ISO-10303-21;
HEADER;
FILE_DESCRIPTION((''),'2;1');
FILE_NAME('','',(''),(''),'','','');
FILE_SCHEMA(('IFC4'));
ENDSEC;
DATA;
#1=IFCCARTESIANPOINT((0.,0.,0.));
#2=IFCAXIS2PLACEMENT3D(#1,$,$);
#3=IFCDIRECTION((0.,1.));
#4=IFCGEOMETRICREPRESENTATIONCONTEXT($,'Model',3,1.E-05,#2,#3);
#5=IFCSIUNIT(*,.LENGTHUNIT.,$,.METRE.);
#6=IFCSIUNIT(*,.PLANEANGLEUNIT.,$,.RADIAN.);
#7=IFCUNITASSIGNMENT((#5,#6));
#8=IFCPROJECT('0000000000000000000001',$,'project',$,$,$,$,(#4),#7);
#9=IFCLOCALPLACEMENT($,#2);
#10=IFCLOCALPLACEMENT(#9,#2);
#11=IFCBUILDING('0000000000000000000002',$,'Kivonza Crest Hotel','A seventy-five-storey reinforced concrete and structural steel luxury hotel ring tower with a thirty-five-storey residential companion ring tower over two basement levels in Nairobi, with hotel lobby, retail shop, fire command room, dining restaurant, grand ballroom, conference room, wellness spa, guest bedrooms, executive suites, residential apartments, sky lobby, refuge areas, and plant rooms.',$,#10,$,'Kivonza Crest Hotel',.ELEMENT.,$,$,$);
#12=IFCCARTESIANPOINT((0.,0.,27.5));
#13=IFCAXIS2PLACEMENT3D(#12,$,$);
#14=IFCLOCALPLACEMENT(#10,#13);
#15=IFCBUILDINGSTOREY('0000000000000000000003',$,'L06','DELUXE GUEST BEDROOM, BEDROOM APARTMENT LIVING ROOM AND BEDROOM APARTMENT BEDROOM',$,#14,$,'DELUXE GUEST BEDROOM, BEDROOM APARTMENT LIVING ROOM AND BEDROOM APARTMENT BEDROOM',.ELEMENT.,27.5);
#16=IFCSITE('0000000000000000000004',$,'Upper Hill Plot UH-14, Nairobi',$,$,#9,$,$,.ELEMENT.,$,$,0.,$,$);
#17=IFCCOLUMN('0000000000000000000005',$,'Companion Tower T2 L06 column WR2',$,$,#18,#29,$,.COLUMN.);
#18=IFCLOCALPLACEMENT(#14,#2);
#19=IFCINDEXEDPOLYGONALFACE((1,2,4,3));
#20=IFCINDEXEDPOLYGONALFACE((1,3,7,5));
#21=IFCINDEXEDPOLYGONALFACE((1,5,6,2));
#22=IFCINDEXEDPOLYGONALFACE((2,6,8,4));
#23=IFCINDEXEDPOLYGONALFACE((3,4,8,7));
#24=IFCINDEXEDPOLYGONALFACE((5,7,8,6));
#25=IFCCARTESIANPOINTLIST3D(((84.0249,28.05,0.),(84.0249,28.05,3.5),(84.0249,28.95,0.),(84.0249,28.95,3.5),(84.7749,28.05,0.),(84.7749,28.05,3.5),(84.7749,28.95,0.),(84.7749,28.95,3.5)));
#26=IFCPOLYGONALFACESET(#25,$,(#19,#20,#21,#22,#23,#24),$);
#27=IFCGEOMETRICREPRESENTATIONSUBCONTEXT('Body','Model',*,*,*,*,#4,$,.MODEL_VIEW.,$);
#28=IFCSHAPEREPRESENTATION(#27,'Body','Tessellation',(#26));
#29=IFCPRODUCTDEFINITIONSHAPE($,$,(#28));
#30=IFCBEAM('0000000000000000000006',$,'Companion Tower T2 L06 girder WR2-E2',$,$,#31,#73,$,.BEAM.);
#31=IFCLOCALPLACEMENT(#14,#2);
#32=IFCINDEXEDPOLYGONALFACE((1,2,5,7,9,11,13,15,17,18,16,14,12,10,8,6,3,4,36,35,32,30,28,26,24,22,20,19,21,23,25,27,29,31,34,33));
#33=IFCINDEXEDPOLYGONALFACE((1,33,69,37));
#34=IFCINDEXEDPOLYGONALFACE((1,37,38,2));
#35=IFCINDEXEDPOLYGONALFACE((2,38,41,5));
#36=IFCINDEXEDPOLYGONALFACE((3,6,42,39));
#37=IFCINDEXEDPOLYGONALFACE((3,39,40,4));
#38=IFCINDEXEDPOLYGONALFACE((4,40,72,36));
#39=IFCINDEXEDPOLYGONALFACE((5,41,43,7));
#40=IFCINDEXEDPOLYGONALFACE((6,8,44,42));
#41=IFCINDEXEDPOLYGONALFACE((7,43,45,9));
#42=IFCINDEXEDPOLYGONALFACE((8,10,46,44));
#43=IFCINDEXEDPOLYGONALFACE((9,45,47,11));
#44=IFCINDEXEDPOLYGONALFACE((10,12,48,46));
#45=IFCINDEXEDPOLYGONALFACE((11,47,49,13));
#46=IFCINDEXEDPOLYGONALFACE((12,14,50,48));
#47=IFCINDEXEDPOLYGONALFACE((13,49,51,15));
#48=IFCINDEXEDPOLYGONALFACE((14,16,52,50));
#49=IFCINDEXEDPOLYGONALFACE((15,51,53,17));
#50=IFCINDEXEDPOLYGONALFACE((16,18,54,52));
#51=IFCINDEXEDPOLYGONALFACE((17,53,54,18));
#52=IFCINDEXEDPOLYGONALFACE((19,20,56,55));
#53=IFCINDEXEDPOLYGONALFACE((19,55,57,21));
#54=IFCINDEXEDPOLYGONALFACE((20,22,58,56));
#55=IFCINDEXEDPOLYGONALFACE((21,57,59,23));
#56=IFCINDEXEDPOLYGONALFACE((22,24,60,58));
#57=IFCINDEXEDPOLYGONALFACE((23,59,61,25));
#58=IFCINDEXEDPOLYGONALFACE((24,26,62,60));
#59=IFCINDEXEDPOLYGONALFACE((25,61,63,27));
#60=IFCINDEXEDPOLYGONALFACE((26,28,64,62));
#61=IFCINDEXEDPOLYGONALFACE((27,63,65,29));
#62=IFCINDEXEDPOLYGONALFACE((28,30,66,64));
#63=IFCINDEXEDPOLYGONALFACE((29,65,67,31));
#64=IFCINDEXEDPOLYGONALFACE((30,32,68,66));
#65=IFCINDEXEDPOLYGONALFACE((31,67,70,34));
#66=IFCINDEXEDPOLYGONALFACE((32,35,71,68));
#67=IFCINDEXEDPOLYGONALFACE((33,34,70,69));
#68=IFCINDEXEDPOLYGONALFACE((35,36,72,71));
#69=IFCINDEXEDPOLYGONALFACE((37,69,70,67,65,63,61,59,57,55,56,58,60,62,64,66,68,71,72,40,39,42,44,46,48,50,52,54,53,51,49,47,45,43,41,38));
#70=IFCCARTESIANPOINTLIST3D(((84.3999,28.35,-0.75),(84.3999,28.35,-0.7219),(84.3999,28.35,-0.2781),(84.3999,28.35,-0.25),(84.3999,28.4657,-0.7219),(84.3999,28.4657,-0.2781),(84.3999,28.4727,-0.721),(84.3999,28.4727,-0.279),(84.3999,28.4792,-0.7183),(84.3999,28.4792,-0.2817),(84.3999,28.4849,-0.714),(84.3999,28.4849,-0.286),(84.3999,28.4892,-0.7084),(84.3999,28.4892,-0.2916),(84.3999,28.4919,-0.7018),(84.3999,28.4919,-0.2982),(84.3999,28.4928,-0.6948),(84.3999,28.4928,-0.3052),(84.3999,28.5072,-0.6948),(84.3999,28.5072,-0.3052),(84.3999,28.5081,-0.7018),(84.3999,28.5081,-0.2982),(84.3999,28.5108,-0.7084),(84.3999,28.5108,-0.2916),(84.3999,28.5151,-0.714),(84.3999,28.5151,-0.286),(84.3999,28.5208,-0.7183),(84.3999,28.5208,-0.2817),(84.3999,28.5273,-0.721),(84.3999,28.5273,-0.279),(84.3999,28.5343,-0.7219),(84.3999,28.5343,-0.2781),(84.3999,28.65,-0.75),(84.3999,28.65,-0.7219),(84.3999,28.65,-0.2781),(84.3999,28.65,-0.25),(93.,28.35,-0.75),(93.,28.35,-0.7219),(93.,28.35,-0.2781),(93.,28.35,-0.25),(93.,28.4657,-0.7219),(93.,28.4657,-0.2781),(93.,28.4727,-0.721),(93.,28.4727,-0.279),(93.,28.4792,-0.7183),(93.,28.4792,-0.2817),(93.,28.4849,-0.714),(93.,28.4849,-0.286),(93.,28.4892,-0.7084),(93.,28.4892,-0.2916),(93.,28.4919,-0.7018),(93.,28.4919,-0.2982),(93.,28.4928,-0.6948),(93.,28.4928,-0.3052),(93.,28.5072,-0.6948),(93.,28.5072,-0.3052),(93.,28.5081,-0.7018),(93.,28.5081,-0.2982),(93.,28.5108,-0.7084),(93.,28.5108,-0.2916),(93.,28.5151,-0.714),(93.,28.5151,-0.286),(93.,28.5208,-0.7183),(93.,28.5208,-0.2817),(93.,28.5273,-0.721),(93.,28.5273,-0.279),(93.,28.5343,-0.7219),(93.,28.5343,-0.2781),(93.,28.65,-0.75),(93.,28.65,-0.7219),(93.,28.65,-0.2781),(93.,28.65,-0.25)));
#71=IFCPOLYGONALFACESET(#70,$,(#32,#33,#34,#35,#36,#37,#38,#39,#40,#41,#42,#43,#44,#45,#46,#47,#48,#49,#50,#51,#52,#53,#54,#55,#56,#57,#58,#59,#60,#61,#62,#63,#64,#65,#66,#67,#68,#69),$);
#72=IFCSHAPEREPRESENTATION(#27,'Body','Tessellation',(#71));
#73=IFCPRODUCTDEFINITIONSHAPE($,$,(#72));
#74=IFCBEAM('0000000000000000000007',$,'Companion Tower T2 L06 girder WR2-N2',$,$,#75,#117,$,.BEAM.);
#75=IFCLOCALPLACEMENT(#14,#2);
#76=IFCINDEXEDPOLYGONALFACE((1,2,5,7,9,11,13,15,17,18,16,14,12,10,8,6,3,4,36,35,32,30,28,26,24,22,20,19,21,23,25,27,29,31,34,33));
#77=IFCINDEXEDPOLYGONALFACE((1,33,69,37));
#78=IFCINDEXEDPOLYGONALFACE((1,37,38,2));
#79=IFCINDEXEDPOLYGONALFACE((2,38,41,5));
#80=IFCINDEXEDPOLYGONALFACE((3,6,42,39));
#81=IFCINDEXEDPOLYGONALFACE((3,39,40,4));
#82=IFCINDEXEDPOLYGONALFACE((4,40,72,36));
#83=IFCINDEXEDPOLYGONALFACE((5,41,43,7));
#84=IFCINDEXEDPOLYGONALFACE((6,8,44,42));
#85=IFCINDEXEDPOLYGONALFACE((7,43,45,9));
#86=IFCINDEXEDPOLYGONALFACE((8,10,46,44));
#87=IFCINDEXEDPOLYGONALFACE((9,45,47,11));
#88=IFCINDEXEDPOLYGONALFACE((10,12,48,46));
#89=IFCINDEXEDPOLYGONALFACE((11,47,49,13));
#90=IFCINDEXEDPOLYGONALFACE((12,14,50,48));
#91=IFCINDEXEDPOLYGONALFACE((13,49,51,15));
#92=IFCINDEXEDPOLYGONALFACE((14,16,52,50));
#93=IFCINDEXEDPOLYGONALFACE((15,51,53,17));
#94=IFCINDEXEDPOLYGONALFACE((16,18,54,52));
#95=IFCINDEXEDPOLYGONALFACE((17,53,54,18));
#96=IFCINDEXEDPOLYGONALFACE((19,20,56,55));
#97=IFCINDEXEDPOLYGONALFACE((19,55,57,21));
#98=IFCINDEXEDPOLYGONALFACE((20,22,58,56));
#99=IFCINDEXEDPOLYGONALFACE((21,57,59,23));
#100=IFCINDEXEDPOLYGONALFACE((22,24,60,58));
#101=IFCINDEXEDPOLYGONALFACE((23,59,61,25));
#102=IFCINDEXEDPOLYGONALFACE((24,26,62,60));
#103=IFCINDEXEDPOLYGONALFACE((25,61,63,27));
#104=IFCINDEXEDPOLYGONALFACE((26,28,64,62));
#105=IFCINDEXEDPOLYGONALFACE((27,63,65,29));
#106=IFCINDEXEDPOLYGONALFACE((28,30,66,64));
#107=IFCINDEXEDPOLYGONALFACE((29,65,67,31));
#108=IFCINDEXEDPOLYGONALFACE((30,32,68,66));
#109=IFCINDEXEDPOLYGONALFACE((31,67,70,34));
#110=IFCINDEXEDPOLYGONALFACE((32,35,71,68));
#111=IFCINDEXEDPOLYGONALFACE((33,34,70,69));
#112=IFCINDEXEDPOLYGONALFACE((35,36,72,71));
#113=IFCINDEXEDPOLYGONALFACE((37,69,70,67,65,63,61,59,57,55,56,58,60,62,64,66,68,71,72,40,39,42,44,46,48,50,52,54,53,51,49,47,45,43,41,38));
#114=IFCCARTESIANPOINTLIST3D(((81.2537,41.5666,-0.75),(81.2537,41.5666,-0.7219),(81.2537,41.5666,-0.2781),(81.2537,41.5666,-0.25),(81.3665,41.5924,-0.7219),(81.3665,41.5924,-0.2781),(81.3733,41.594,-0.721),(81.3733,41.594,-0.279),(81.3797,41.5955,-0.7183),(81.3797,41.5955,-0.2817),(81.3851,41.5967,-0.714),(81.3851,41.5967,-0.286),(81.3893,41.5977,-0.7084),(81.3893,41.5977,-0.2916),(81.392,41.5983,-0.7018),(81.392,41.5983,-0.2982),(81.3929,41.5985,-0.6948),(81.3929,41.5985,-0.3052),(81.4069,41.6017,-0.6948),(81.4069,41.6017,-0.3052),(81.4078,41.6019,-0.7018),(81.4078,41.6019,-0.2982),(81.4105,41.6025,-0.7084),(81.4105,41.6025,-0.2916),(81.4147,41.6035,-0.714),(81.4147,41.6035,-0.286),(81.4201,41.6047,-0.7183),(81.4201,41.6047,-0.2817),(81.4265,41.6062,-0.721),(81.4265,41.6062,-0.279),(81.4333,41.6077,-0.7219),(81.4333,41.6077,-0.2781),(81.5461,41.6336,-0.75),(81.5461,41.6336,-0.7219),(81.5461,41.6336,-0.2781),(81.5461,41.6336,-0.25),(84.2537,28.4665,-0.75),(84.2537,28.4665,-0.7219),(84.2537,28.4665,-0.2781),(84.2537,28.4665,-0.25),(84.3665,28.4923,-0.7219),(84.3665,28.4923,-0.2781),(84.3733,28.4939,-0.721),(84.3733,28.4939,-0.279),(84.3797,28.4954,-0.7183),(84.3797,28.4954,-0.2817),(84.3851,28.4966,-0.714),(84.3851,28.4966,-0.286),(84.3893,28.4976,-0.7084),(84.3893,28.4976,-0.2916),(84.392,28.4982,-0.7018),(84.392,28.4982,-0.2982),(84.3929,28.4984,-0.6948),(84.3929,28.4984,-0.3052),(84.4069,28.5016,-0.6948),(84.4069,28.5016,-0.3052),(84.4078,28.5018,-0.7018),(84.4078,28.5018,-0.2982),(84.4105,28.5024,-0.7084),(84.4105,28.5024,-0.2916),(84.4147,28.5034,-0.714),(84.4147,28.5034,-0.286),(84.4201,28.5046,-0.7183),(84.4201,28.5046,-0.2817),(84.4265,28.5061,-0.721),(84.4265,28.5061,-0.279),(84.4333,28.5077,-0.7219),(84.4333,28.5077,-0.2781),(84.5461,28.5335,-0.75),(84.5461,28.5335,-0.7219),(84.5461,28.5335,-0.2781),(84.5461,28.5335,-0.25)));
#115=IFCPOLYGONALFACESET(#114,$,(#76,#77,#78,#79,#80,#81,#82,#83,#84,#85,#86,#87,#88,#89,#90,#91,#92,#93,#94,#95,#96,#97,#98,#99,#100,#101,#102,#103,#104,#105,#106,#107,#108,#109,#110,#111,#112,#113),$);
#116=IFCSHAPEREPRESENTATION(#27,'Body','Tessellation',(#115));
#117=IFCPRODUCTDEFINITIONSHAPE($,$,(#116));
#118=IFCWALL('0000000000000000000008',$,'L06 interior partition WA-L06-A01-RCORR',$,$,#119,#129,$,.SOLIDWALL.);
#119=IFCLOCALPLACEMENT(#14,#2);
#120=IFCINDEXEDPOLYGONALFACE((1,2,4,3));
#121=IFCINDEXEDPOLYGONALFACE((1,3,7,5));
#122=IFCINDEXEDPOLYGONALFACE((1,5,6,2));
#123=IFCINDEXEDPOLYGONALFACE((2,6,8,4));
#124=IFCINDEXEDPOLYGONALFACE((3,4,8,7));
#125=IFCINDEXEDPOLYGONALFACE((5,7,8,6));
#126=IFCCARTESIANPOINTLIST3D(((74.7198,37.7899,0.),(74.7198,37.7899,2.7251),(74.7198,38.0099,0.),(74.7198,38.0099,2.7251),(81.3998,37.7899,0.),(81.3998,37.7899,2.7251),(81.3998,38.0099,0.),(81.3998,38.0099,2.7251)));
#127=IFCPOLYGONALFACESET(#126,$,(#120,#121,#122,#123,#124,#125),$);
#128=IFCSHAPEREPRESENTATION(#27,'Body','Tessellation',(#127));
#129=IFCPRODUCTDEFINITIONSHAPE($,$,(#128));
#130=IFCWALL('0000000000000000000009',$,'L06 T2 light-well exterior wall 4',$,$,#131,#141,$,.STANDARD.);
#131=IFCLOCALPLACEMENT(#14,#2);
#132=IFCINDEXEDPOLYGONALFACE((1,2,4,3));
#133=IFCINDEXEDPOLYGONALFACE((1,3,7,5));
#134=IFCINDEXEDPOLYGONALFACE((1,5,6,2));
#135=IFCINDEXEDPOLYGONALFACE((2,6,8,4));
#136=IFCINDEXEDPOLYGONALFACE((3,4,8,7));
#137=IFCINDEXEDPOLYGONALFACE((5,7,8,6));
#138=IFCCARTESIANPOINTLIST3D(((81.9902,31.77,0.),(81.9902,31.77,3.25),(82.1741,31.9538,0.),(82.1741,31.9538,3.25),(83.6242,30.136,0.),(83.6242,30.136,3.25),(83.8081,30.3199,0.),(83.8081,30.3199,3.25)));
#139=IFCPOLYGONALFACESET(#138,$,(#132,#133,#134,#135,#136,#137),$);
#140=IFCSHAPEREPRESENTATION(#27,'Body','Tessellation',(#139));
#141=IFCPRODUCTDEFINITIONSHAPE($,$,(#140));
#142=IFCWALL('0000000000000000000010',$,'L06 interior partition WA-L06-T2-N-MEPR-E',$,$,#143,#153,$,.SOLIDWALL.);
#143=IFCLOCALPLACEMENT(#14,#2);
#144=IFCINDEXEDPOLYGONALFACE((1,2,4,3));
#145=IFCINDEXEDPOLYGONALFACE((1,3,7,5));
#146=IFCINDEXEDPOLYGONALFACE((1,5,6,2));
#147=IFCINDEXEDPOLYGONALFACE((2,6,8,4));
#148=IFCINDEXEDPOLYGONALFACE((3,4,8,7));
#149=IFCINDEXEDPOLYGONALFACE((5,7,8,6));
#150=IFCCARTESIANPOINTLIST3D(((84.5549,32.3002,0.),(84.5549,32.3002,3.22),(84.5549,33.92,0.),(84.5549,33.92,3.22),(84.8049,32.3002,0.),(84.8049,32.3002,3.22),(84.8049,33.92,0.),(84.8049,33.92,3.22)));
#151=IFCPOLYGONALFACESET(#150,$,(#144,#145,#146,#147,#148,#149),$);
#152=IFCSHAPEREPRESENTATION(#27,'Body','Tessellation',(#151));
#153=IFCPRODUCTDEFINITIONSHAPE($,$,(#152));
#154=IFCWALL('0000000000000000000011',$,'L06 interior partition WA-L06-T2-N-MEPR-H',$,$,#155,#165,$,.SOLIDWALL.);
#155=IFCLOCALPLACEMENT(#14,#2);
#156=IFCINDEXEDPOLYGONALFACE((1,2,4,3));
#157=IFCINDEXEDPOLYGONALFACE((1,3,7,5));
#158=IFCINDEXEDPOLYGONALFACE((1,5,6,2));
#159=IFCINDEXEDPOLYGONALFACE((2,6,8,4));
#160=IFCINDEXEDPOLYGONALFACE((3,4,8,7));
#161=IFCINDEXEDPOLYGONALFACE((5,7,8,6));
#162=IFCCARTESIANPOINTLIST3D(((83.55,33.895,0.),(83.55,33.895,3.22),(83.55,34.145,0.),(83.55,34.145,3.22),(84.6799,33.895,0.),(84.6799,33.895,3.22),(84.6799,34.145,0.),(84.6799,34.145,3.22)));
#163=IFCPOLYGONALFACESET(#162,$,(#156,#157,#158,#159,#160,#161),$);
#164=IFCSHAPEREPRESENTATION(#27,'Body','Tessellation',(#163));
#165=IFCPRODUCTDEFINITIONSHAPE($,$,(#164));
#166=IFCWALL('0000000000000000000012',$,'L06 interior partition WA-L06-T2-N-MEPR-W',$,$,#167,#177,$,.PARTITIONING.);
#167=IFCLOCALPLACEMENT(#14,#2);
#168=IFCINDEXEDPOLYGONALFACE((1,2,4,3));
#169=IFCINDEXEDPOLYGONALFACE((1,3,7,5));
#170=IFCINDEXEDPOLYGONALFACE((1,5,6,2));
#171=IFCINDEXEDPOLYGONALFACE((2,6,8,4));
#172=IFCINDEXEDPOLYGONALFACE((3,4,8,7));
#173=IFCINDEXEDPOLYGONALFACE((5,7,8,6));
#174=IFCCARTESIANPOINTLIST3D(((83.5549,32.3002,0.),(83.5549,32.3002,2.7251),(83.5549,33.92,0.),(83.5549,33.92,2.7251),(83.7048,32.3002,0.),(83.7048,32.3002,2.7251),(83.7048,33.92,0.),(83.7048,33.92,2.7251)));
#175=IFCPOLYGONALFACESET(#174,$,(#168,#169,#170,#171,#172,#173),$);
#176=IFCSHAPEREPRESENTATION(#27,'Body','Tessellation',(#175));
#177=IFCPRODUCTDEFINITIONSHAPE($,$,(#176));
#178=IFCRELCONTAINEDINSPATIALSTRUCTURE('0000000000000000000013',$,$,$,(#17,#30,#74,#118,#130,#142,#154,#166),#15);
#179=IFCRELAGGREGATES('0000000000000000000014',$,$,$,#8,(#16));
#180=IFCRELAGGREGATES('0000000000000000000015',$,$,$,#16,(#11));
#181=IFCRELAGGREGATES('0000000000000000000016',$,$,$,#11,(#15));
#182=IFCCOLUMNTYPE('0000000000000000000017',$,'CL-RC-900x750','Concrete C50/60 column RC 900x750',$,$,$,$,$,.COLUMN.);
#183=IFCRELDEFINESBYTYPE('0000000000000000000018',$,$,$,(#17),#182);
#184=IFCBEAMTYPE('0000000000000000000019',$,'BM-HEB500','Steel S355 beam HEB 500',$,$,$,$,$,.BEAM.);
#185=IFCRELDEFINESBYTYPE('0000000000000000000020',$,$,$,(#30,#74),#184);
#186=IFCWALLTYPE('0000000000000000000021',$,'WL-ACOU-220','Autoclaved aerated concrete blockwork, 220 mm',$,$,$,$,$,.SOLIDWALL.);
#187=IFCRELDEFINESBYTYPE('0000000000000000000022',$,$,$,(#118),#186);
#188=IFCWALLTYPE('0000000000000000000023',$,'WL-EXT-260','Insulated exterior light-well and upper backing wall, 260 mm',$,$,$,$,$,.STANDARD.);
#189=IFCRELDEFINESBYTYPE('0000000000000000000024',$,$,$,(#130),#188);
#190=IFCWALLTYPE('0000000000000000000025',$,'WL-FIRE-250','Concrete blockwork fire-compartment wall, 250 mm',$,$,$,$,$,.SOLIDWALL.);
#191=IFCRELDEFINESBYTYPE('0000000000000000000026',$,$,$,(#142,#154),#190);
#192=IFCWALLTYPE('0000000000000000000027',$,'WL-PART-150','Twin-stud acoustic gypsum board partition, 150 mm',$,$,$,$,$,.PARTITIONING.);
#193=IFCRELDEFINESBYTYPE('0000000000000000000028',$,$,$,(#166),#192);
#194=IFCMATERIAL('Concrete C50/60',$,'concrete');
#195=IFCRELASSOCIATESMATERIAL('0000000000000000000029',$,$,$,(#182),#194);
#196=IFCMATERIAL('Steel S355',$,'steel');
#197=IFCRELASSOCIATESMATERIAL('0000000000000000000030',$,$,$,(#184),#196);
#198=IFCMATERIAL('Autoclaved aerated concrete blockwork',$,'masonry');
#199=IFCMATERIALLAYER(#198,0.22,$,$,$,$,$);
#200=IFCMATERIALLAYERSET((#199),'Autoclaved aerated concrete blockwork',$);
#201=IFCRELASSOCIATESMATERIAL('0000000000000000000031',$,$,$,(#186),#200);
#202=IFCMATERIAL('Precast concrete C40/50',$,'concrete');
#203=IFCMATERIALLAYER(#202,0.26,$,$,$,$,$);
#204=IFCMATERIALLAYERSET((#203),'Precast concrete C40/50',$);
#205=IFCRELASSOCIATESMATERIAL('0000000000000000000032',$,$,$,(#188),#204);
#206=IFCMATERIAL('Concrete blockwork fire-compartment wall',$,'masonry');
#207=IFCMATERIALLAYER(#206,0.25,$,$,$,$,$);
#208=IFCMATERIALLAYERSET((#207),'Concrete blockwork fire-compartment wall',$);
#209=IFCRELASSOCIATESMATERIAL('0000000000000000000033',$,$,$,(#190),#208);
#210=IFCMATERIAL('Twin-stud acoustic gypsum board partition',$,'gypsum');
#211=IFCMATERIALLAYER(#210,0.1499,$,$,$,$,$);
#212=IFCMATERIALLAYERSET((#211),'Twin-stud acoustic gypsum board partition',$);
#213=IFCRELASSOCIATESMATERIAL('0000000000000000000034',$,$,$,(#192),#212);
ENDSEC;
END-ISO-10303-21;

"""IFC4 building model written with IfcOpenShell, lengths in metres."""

from ifc_helpers import new_model, si_unit, direction, frame, frame_2d, origin, origin_2d, place, context, subcontext, project, spatial, rectangle, i_section, extrude, material, layer, layer_set, material_profile, profile_set, type_object, element, save


model = new_model("IFC4")

# Units and contexts
model_context = context("Model", 3, precision=1e-05, world=origin(), true_north=direction((0.0, 1.0)))
body_context = subcontext(model_context, "Body", "Model", "MODEL_VIEW")
ifc_project = project(units=[si_unit("LENGTHUNIT", "METRE"), si_unit("PLANEANGLEUNIT", "RADIAN")], contexts=[model_context])

# Site, building, storey
site_placement = place(None, origin())
site = spatial("IfcSite", under=ifc_project, at=site_placement, Name="Upper Hill Plot UH-14, Nairobi", CompositionType="ELEMENT", RefElevation=0.0)
building_placement = place(site_placement, origin())
building = spatial("IfcBuilding", under=site, at=building_placement, Name="Kivonza Crest Hotel", Description="A seventy-five-storey reinforced concrete and structural steel luxury hotel ring tower with a thirty-five-storey residential companion ring tower over two basement levels in Nairobi, with hotel lobby, retail shop, fire command room, dining restaurant, grand ballroom, conference room, wellness spa, guest bedrooms, executive suites, residential apartments, sky lobby, refuge areas, and plant rooms.", LongName="Kivonza Crest Hotel", CompositionType="ELEMENT")
storey_placement = place(building_placement, frame((0.0, 0.0, 27.5)))
storey = spatial("IfcBuildingStorey", under=building, at=storey_placement, Name="L06", Description="DELUXE GUEST BEDROOM, BEDROOM APARTMENT LIVING ROOM AND BEDROOM APARTMENT BEDROOM", LongName="DELUXE GUEST BEDROOM, BEDROOM APARTMENT LIVING ROOM AND BEDROOM APARTMENT BEDROOM", CompositionType="ELEMENT", Elevation=27.5)

# Column
ifc_material_1 = material(Name="Concrete C50/60", Category="concrete")
ifc_material_profile_1 = material_profile(ifc_material_1, rectangle(XDim=0.75, YDim=0.8999, at=origin_2d()), Name="RC 900x750")
ifc_profile_set_1 = profile_set([ifc_material_profile_1], Name="Concrete C50/60")
column_type = type_object("IfcColumnType", Name="CL-RC-900x750", Description="Concrete C50/60 column RC 900x750", PredefinedType="COLUMN", material=ifc_profile_set_1)
column_placement = place(storey_placement, frame((84.3999, 28.5, 0.0), z_axis=(0.0, 0.0, 1.0), x_axis=(1.0, 0.0, 0.0)))
element("IfcColumn", 1, at=column_placement, inside=storey, type_object=column_type, Name="Companion Tower T2 L06 column WR2", PredefinedType="COLUMN", context=body_context, shape_type="SweptSolid", body=[
    extrude(rectangle(XDim=0.75, YDim=0.8999, at=origin_2d()), origin(), (0.0, 0.0, 1.0), 3.5),
])

# Beams
ifc_material_2 = material(Name="Steel S355", Category="steel")
ifc_material_profile_2 = material_profile(ifc_material_2, i_section(OverallWidth=0.3, OverallDepth=0.5, WebThickness=0.0144, FlangeThickness=0.0281, FilletRadius=0.0271, at=origin_2d()), Name="HEB 500")
ifc_profile_set_2 = profile_set([ifc_material_profile_2], Name="Steel S355")
beam_type = type_object("IfcBeamType", Name="BM-HEB500", Description="Steel S355 beam HEB 500", PredefinedType="BEAM", material=ifc_profile_set_2)
beam_1_placement = place(storey_placement, frame((84.3999, 28.5, -0.5), z_axis=(1.0, 0.0, 0.0), x_axis=(0.0, 1.0, 0.0)))
element("IfcBeam", 2, at=beam_1_placement, inside=storey, type_object=beam_type, Name="Companion Tower T2 L06 girder WR2-E2", PredefinedType="BEAM", context=body_context, shape_type="SweptSolid", body=[
    extrude(i_section(OverallWidth=0.3, OverallDepth=0.5, WebThickness=0.0144, FlangeThickness=0.0281, FilletRadius=0.0271, at=origin_2d()), origin(), (0.0, 0.0, 1.0), 8.6001),
])
beam_2_placement = place(storey_placement, frame((84.3999, 28.5, -0.5), z_axis=(-0.223227, 0.974766, 0.0), x_axis=(-0.974766, -0.223227, 0.0)))
element("IfcBeam", 3, at=beam_2_placement, inside=storey, type_object=beam_type, Name="Companion Tower T2 L06 girder WR2-N2", PredefinedType="BEAM", context=body_context, shape_type="SweptSolid", body=[
    extrude(i_section(OverallWidth=0.3, OverallDepth=0.5, WebThickness=0.0144, FlangeThickness=0.0281, FilletRadius=0.0271, at=origin_2d()), origin(), (0.0, 0.0, 1.0), 13.4392),
])

# Walls
ifc_material_3 = material(Name="Autoclaved aerated concrete blockwork", Category="masonry")
ifc_layer_1 = layer(ifc_material_3, 0.22)
ifc_layer_set_1 = layer_set([ifc_layer_1], Name="Autoclaved aerated concrete blockwork")
wall_type_1 = type_object("IfcWallType", Name="WL-ACOU-220", Description="Autoclaved aerated concrete blockwork, 220 mm", PredefinedType="SOLIDWALL", material=ifc_layer_set_1)
wall_1_placement = place(storey_placement, frame((74.72, 37.8999, 0.0), z_axis=(0.0, 0.0, 1.0), x_axis=(1.0, 0.0, 0.0)))
element("IfcWall", 4, at=wall_1_placement, inside=storey, type_object=wall_type_1, Name="L06 interior partition WA-L06-A01-RCORR", PredefinedType="SOLIDWALL", context=body_context, shape_type="SweptSolid", body=[
    extrude(rectangle(XDim=6.6799, YDim=0.22, at=frame_2d((3.3398, 0.0))), origin(), (0.0, 0.0, 1.0), 2.7251),
])
ifc_material_4 = material(Name="Precast concrete C40/50", Category="concrete")
ifc_layer_2 = layer(ifc_material_4, 0.26)
ifc_layer_set_2 = layer_set([ifc_layer_2], Name="Precast concrete C40/50")
wall_type_2 = type_object("IfcWallType", Name="WL-EXT-260", Description="Insulated exterior light-well and upper backing wall, 260 mm", PredefinedType="STANDARD", material=ifc_layer_set_2)
wall_2_placement = place(storey_placement, frame((83.7161, 30.228, 0.0), z_axis=(0.0, 0.0, 1.0), x_axis=(-0.707107, 0.707107, 0.0)))
element("IfcWall", 5, at=wall_2_placement, inside=storey, type_object=wall_type_2, Name="L06 T2 light-well exterior wall 4", PredefinedType="STANDARD", context=body_context, shape_type="SweptSolid", body=[
    extrude(rectangle(XDim=2.3108, YDim=0.26, at=frame_2d((1.1553, 0.0))), origin(), (0.0, 0.0, 1.0), 3.25),
])
ifc_material_5 = material(Name="Concrete blockwork fire-compartment wall", Category="masonry")
ifc_layer_3 = layer(ifc_material_5, 0.25)
ifc_layer_set_3 = layer_set([ifc_layer_3], Name="Concrete blockwork fire-compartment wall")
wall_type_3 = type_object("IfcWallType", Name="WL-FIRE-250", Description="Concrete blockwork fire-compartment wall, 250 mm", PredefinedType="SOLIDWALL", material=ifc_layer_set_3)
wall_3_placement = place(storey_placement, frame((84.6799, 32.3, 0.0), z_axis=(0.0, 0.0, 1.0), x_axis=(0.0, 1.0, 0.0)))
element("IfcWall", 6, at=wall_3_placement, inside=storey, type_object=wall_type_3, Name="L06 interior partition WA-L06-T2-N-MEPR-E", PredefinedType="SOLIDWALL", context=body_context, shape_type="SweptSolid", body=[
    extrude(rectangle(XDim=1.6199, YDim=0.25, at=frame_2d((0.8101, 0.0))), origin(), (0.0, 0.0, 1.0), 3.22),
])
wall_4_placement = place(storey_placement, frame((83.55, 34.02, 0.0), z_axis=(0.0, 0.0, 1.0), x_axis=(1.0, 0.0, 0.0)))
element("IfcWall", 7, at=wall_4_placement, inside=storey, type_object=wall_type_3, Name="L06 interior partition WA-L06-T2-N-MEPR-H", PredefinedType="SOLIDWALL", context=body_context, shape_type="SweptSolid", body=[
    extrude(rectangle(XDim=1.1299, YDim=0.25, at=frame_2d((0.5649, 0.0))), origin(), (0.0, 0.0, 1.0), 3.22),
])
ifc_material_6 = material(Name="Twin-stud acoustic gypsum board partition", Category="gypsum")
ifc_layer_4 = layer(ifc_material_6, 0.1499)
ifc_layer_set_4 = layer_set([ifc_layer_4], Name="Twin-stud acoustic gypsum board partition")
wall_type_4 = type_object("IfcWallType", Name="WL-PART-150", Description="Twin-stud acoustic gypsum board partition, 150 mm", PredefinedType="PARTITIONING", material=ifc_layer_set_4)
wall_5_placement = place(storey_placement, frame((83.6299, 32.3, 0.0), z_axis=(0.0, 0.0, 1.0), x_axis=(0.0, 1.0, 0.0)))
element("IfcWall", 8, at=wall_5_placement, inside=storey, type_object=wall_type_4, Name="L06 interior partition WA-L06-T2-N-MEPR-W", PredefinedType="PARTITIONING", context=body_context, shape_type="SweptSolid", body=[
    extrude(rectangle(XDim=1.6199, YDim=0.1499, at=frame_2d((0.8101, 0.0))), origin(), (0.0, 0.0, 1.0), 2.7251),
])

save(model, "model.ifc")
